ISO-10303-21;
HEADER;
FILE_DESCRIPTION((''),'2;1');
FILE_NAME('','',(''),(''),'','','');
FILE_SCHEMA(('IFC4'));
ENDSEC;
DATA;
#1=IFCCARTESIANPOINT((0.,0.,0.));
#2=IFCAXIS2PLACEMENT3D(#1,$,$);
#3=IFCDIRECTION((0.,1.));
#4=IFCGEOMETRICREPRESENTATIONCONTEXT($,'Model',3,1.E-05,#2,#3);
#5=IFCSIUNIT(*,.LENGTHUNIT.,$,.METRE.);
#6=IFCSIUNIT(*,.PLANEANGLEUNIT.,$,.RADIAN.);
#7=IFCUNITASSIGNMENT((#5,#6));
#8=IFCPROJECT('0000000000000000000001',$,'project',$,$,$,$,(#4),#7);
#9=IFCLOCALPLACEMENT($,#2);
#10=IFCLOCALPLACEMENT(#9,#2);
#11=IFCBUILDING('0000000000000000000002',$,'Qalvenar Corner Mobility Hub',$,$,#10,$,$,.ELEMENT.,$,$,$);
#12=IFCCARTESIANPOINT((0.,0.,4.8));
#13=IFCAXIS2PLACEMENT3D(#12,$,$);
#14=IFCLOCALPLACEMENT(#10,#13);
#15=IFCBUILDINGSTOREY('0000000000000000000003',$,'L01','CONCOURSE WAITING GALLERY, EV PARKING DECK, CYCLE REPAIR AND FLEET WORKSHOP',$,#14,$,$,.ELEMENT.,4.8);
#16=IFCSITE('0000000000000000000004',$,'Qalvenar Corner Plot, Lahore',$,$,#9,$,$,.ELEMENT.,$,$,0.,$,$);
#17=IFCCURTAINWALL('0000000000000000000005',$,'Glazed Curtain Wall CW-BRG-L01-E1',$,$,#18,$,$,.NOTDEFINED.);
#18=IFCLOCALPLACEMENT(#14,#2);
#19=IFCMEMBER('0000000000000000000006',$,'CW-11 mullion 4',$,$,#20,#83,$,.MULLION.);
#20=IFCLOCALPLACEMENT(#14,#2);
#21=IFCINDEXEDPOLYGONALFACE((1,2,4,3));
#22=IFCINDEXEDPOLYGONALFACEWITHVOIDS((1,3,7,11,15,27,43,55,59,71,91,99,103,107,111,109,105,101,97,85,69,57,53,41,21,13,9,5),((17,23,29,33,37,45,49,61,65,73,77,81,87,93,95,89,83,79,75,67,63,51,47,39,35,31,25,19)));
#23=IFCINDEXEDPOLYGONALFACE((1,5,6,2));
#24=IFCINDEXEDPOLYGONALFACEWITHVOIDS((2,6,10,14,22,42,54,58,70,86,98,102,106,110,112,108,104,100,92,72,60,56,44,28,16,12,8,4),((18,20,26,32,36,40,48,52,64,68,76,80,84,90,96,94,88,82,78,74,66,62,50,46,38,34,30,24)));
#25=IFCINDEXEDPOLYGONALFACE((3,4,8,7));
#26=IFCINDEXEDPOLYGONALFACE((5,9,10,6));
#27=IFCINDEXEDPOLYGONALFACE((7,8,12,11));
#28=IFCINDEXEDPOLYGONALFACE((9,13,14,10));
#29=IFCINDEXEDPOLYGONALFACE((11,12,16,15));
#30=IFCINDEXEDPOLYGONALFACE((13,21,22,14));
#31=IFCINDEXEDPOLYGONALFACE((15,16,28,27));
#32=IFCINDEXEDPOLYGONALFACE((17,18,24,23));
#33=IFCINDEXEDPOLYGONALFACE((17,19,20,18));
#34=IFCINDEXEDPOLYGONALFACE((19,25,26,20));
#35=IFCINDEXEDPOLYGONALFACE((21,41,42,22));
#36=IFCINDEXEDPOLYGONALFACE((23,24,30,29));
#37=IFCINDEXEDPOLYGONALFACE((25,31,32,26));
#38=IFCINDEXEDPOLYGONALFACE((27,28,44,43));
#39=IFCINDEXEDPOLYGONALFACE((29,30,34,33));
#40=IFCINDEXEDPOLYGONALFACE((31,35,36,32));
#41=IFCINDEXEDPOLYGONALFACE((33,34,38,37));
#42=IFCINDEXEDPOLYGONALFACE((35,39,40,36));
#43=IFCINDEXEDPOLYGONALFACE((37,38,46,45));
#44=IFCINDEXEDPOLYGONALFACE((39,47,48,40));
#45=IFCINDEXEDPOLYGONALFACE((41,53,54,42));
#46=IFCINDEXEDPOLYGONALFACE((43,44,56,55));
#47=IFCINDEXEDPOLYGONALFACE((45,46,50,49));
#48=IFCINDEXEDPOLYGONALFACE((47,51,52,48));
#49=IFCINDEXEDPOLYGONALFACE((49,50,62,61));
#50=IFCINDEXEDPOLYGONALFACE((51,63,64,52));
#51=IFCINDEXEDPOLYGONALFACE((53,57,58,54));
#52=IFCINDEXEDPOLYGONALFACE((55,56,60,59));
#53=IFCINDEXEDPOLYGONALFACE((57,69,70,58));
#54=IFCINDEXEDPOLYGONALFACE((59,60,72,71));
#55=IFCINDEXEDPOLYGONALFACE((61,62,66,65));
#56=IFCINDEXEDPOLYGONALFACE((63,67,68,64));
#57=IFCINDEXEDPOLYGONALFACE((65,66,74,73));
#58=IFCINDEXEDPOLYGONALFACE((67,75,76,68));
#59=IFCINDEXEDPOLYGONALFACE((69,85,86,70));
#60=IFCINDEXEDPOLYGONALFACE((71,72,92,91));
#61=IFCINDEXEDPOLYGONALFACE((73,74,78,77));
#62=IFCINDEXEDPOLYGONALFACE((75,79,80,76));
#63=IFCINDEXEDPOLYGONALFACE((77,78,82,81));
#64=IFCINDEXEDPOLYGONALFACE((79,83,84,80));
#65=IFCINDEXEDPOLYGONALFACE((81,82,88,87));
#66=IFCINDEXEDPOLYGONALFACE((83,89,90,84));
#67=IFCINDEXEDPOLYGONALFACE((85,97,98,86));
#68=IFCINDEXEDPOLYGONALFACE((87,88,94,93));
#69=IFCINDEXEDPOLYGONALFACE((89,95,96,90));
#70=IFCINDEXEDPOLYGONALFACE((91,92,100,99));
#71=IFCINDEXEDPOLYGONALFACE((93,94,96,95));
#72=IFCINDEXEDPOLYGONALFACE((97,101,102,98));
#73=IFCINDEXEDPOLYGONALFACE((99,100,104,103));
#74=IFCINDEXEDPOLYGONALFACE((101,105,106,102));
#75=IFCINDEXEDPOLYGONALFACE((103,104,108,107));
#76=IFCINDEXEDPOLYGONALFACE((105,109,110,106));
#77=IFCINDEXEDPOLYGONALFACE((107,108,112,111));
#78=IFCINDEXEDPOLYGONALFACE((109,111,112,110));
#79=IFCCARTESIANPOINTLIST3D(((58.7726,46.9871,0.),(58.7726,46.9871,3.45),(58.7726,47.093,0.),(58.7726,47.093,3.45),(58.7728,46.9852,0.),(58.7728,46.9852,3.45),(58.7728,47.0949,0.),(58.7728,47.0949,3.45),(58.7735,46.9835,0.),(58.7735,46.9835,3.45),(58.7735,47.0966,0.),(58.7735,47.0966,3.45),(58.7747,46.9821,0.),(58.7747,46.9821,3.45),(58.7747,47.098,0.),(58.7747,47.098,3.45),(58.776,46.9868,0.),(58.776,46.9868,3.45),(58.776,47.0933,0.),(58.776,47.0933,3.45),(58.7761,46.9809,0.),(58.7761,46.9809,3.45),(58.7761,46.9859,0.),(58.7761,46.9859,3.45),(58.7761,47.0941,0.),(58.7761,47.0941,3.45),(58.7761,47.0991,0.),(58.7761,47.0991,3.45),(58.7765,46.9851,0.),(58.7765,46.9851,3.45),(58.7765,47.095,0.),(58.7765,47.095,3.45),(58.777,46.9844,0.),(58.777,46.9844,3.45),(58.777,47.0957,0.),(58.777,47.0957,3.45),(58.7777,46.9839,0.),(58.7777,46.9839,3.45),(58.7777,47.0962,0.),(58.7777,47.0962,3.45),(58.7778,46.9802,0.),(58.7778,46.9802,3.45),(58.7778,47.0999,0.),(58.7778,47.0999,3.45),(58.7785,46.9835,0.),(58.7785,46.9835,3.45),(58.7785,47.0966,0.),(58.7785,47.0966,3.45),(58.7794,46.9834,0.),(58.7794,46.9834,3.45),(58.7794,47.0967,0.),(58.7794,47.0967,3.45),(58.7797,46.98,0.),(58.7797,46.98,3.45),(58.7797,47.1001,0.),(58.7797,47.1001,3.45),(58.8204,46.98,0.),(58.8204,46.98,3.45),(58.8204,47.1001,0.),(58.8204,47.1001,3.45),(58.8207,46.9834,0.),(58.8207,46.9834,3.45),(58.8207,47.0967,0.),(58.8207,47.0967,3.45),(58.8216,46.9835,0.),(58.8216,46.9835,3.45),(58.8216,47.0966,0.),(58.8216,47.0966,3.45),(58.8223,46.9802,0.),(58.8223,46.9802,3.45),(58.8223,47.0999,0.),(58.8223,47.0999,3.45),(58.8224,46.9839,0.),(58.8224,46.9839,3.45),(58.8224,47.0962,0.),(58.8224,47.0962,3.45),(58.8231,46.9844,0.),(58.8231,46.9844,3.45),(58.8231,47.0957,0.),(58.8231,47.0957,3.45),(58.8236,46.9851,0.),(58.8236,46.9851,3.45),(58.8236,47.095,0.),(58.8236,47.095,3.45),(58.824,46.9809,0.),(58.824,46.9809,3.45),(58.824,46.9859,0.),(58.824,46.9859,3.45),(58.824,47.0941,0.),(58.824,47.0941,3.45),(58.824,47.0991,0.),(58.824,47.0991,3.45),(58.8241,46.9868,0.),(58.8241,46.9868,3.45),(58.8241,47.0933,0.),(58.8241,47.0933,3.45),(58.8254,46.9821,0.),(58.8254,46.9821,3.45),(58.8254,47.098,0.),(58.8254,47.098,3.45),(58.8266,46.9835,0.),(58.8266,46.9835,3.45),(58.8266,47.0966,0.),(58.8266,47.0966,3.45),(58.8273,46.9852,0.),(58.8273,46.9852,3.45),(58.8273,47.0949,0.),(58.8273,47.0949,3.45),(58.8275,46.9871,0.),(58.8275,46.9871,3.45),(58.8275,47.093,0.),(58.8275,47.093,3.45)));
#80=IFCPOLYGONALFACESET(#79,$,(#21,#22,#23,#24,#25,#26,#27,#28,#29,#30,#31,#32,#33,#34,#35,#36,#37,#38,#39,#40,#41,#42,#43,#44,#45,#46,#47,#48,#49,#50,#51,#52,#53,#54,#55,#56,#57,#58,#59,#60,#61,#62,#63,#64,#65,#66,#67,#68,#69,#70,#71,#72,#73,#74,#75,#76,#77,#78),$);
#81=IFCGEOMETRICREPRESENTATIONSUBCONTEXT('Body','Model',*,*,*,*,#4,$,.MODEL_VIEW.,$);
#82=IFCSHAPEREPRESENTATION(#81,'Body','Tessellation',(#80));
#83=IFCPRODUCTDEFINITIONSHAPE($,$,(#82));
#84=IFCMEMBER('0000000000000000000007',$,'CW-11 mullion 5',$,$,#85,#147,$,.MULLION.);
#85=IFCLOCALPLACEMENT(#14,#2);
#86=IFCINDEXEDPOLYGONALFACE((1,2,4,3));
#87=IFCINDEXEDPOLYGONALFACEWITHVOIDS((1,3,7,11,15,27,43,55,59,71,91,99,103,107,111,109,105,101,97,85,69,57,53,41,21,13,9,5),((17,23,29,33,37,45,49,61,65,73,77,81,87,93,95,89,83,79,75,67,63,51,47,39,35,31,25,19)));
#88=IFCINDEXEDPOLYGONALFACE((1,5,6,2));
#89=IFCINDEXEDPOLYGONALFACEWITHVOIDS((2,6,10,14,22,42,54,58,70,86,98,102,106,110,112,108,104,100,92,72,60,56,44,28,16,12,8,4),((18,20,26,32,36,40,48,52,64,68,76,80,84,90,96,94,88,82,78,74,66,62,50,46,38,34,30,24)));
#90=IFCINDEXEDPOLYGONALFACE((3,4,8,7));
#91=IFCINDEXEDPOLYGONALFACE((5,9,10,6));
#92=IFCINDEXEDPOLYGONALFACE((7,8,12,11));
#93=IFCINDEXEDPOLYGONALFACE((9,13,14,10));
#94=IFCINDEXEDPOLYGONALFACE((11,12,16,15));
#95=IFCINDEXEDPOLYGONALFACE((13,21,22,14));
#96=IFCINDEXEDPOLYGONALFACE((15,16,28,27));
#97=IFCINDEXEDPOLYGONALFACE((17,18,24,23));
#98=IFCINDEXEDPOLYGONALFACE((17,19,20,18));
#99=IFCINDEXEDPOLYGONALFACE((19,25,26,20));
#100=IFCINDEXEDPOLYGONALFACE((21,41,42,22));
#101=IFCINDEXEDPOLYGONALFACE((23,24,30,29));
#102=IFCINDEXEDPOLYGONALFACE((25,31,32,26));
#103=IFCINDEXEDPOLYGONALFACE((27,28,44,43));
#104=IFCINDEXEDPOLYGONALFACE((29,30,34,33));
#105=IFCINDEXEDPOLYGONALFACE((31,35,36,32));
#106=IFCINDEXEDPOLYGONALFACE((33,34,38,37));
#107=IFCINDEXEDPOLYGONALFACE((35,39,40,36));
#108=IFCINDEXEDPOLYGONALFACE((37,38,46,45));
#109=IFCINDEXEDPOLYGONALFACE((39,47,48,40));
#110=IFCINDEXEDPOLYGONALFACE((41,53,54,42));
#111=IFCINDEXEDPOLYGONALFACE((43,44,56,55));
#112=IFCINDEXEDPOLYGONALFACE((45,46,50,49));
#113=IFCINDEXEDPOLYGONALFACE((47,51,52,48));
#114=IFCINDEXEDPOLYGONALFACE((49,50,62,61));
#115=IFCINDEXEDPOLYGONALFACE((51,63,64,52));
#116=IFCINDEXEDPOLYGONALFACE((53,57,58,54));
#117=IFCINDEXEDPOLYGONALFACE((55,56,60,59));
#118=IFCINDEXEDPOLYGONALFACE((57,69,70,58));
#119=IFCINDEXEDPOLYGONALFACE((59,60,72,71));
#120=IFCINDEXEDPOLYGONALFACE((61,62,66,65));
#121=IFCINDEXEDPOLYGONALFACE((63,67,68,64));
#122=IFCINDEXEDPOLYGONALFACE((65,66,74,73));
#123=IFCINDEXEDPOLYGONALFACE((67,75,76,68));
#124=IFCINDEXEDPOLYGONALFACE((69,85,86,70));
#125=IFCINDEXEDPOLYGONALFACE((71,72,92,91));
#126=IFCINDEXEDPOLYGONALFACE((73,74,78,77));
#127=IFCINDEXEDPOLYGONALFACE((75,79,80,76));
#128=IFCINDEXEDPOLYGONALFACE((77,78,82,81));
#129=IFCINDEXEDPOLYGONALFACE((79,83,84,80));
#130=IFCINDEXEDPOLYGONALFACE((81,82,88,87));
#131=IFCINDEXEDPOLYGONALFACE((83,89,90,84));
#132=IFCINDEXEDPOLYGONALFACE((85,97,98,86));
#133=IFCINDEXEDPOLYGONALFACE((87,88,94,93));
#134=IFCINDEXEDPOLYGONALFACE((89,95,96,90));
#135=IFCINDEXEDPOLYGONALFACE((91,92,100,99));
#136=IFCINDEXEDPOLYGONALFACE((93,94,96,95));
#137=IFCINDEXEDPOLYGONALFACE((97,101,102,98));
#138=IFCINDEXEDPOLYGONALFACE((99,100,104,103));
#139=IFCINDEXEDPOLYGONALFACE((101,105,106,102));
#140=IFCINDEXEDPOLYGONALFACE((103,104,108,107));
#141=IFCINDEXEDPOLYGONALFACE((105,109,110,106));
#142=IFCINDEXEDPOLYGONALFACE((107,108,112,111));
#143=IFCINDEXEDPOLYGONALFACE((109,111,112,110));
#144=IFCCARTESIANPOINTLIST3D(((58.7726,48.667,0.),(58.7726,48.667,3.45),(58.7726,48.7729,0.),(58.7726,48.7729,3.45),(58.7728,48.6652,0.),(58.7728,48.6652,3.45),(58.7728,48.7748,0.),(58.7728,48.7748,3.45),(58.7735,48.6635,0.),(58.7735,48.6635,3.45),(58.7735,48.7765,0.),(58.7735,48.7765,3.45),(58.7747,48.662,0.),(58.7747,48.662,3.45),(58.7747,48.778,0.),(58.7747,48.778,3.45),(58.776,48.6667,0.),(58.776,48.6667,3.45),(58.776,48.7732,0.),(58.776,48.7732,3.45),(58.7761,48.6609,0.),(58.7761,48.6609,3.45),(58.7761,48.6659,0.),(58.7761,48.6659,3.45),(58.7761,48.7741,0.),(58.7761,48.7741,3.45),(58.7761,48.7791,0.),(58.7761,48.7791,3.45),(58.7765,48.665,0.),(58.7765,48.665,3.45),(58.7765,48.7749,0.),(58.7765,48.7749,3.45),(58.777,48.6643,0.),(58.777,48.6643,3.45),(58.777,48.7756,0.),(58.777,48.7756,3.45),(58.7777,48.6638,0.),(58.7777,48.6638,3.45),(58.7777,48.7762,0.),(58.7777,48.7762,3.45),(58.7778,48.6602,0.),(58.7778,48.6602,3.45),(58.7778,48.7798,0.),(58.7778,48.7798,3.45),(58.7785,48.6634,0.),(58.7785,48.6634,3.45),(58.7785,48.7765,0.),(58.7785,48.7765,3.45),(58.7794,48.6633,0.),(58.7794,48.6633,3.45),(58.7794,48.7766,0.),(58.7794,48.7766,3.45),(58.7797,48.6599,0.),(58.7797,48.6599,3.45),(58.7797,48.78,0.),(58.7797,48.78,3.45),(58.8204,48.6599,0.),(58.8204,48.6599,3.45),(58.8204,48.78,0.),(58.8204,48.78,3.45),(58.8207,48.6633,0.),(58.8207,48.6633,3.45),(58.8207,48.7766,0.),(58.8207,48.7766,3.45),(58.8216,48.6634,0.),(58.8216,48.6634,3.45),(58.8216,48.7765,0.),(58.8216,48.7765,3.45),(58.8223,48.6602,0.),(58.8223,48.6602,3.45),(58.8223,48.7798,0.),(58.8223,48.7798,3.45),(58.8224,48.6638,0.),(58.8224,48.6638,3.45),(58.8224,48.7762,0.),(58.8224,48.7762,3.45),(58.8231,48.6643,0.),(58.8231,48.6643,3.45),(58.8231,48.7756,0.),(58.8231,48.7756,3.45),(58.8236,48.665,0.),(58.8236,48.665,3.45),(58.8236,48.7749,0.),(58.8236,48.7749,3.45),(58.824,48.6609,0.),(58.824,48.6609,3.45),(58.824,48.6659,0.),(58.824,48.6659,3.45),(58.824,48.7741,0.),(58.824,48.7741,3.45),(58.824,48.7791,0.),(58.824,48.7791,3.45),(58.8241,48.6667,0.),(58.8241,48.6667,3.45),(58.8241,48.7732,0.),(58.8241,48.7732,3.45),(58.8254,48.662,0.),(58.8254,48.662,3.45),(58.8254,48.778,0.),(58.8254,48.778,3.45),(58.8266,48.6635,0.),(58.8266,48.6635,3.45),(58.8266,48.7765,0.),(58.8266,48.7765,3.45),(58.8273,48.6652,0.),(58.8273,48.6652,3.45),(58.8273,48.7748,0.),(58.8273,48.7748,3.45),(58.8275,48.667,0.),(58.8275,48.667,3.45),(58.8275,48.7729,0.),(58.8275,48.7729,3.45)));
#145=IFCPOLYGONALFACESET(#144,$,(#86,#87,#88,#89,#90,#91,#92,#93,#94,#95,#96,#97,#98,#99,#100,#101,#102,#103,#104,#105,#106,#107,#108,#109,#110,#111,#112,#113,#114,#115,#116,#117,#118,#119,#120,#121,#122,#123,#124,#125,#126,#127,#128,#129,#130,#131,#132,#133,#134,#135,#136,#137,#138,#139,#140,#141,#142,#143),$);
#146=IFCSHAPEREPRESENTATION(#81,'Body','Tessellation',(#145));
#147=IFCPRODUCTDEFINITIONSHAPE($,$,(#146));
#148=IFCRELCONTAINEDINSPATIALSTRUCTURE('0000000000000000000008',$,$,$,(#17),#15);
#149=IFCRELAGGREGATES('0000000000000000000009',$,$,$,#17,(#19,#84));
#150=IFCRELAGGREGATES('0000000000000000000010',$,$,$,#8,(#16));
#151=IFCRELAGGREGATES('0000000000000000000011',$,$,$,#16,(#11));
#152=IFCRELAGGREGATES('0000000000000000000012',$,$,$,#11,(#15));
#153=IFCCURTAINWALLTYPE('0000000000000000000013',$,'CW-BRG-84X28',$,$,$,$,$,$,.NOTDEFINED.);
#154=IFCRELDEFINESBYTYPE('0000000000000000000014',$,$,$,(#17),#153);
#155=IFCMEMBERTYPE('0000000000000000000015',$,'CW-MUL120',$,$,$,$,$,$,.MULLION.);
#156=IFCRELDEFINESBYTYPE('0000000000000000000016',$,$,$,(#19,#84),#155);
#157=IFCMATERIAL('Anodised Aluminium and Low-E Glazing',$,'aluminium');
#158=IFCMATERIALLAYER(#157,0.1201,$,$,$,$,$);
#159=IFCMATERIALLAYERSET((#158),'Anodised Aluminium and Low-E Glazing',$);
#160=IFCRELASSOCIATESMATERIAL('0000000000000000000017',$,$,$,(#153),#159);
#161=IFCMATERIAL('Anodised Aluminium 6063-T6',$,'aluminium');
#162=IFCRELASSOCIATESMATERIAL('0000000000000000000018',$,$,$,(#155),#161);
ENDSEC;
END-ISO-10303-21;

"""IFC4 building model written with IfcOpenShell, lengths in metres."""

from ifc_helpers import new_model, si_unit, direction, frame, origin, origin_2d, place, context, subcontext, project, spatial, hollow_rectangle, extrude, material, layer, layer_set, material_profile, profile_set, type_object, element, aggregate, save


model = new_model("IFC4")

# Units and contexts
model_context = context("Model", 3, precision=1e-05, world=origin(), true_north=direction((0.0, 1.0)))
body_context = subcontext(model_context, "Body", "Model", "MODEL_VIEW")
ifc_project = project(units=[si_unit("LENGTHUNIT", "METRE"), si_unit("PLANEANGLEUNIT", "RADIAN")], contexts=[model_context])

# Site, building, storey
site_placement = place(None, origin())
site = spatial("IfcSite", under=ifc_project, at=site_placement, Name="Qalvenar Corner Plot, Lahore", CompositionType="ELEMENT", RefElevation=0.0)
building_placement = place(site_placement, origin())
building = spatial("IfcBuilding", under=site, at=building_placement, Name="Qalvenar Corner Mobility Hub", CompositionType="ELEMENT")
storey_placement = place(building_placement, frame((0.0, 0.0, 4.8)))
storey = spatial("IfcBuildingStorey", under=building, at=storey_placement, Name="L01", Description="CONCOURSE WAITING GALLERY, EV PARKING DECK, CYCLE REPAIR AND FLEET WORKSHOP", CompositionType="ELEMENT", Elevation=4.8)

# Curtain wall, members
ifc_material_1 = material(Name="Anodised Aluminium and Low-E Glazing", Category="aluminium")
ifc_layer_1 = layer(ifc_material_1, 0.1201)
ifc_layer_set_1 = layer_set([ifc_layer_1], Name="Anodised Aluminium and Low-E Glazing")
curtain_wall_type_1 = type_object("IfcCurtainWallType", Name="CW-BRG-84X28", PredefinedType="NOTDEFINED", material=ifc_layer_set_1)
curtain_wall_1_placement = place(storey_placement, origin())
curtain_wall_1 = element("IfcCurtainWall", 1, at=curtain_wall_1_placement, inside=storey, type_object=curtain_wall_type_1, Name="Glazed Curtain Wall CW-BRG-L01-E1", PredefinedType="NOTDEFINED")
ifc_material_2 = material(Name="Anodised Aluminium 6063-T6", Category="aluminium")
ifc_material_profile_1 = material_profile(ifc_material_2, hollow_rectangle(XDim=0.0549, YDim=0.1201, WallThickness=0.0034, InnerFilletRadius=0.0034, OuterFilletRadius=0.0071, at=origin_2d()), Name="RHS120x55x3.5")
ifc_profile_set_1 = profile_set([ifc_material_profile_1], Name="Anodised Aluminium 6063-T6")
member_type_1 = type_object("IfcMemberType", Name="CW-MUL120", PredefinedType="MULLION", material=ifc_profile_set_1)
member_1_placement = place(storey_placement, frame((58.8, 47.04, 0.0), z_axis=(0.0, 0.0, 1.0), x_axis=(-1.0, 0.0, 0.0)))
member_1 = element("IfcMember", 2, at=member_1_placement, type_object=member_type_1, Name="CW-11 mullion 4", PredefinedType="MULLION", context=body_context, shape_type="SweptSolid", body=[
    extrude(hollow_rectangle(XDim=0.0549, YDim=0.1201, WallThickness=0.0034, InnerFilletRadius=0.0034, OuterFilletRadius=0.0071, at=origin_2d()), origin(), (0.0, 0.0, 1.0), 3.45),
])
member_2_placement = place(storey_placement, frame((58.8, 48.72, 0.0), z_axis=(0.0, 0.0, 1.0), x_axis=(-1.0, 0.0, 0.0)))
member_2 = element("IfcMember", 3, at=member_2_placement, type_object=member_type_1, Name="CW-11 mullion 5", PredefinedType="MULLION", context=body_context, shape_type="SweptSolid", body=[
    extrude(hollow_rectangle(XDim=0.0549, YDim=0.1201, WallThickness=0.0034, InnerFilletRadius=0.0034, OuterFilletRadius=0.0071, at=origin_2d()), origin(), (0.0, 0.0, 1.0), 3.45),
])

aggregate(curtain_wall_1, [member_1, member_2])

save(model, "model.ifc")
